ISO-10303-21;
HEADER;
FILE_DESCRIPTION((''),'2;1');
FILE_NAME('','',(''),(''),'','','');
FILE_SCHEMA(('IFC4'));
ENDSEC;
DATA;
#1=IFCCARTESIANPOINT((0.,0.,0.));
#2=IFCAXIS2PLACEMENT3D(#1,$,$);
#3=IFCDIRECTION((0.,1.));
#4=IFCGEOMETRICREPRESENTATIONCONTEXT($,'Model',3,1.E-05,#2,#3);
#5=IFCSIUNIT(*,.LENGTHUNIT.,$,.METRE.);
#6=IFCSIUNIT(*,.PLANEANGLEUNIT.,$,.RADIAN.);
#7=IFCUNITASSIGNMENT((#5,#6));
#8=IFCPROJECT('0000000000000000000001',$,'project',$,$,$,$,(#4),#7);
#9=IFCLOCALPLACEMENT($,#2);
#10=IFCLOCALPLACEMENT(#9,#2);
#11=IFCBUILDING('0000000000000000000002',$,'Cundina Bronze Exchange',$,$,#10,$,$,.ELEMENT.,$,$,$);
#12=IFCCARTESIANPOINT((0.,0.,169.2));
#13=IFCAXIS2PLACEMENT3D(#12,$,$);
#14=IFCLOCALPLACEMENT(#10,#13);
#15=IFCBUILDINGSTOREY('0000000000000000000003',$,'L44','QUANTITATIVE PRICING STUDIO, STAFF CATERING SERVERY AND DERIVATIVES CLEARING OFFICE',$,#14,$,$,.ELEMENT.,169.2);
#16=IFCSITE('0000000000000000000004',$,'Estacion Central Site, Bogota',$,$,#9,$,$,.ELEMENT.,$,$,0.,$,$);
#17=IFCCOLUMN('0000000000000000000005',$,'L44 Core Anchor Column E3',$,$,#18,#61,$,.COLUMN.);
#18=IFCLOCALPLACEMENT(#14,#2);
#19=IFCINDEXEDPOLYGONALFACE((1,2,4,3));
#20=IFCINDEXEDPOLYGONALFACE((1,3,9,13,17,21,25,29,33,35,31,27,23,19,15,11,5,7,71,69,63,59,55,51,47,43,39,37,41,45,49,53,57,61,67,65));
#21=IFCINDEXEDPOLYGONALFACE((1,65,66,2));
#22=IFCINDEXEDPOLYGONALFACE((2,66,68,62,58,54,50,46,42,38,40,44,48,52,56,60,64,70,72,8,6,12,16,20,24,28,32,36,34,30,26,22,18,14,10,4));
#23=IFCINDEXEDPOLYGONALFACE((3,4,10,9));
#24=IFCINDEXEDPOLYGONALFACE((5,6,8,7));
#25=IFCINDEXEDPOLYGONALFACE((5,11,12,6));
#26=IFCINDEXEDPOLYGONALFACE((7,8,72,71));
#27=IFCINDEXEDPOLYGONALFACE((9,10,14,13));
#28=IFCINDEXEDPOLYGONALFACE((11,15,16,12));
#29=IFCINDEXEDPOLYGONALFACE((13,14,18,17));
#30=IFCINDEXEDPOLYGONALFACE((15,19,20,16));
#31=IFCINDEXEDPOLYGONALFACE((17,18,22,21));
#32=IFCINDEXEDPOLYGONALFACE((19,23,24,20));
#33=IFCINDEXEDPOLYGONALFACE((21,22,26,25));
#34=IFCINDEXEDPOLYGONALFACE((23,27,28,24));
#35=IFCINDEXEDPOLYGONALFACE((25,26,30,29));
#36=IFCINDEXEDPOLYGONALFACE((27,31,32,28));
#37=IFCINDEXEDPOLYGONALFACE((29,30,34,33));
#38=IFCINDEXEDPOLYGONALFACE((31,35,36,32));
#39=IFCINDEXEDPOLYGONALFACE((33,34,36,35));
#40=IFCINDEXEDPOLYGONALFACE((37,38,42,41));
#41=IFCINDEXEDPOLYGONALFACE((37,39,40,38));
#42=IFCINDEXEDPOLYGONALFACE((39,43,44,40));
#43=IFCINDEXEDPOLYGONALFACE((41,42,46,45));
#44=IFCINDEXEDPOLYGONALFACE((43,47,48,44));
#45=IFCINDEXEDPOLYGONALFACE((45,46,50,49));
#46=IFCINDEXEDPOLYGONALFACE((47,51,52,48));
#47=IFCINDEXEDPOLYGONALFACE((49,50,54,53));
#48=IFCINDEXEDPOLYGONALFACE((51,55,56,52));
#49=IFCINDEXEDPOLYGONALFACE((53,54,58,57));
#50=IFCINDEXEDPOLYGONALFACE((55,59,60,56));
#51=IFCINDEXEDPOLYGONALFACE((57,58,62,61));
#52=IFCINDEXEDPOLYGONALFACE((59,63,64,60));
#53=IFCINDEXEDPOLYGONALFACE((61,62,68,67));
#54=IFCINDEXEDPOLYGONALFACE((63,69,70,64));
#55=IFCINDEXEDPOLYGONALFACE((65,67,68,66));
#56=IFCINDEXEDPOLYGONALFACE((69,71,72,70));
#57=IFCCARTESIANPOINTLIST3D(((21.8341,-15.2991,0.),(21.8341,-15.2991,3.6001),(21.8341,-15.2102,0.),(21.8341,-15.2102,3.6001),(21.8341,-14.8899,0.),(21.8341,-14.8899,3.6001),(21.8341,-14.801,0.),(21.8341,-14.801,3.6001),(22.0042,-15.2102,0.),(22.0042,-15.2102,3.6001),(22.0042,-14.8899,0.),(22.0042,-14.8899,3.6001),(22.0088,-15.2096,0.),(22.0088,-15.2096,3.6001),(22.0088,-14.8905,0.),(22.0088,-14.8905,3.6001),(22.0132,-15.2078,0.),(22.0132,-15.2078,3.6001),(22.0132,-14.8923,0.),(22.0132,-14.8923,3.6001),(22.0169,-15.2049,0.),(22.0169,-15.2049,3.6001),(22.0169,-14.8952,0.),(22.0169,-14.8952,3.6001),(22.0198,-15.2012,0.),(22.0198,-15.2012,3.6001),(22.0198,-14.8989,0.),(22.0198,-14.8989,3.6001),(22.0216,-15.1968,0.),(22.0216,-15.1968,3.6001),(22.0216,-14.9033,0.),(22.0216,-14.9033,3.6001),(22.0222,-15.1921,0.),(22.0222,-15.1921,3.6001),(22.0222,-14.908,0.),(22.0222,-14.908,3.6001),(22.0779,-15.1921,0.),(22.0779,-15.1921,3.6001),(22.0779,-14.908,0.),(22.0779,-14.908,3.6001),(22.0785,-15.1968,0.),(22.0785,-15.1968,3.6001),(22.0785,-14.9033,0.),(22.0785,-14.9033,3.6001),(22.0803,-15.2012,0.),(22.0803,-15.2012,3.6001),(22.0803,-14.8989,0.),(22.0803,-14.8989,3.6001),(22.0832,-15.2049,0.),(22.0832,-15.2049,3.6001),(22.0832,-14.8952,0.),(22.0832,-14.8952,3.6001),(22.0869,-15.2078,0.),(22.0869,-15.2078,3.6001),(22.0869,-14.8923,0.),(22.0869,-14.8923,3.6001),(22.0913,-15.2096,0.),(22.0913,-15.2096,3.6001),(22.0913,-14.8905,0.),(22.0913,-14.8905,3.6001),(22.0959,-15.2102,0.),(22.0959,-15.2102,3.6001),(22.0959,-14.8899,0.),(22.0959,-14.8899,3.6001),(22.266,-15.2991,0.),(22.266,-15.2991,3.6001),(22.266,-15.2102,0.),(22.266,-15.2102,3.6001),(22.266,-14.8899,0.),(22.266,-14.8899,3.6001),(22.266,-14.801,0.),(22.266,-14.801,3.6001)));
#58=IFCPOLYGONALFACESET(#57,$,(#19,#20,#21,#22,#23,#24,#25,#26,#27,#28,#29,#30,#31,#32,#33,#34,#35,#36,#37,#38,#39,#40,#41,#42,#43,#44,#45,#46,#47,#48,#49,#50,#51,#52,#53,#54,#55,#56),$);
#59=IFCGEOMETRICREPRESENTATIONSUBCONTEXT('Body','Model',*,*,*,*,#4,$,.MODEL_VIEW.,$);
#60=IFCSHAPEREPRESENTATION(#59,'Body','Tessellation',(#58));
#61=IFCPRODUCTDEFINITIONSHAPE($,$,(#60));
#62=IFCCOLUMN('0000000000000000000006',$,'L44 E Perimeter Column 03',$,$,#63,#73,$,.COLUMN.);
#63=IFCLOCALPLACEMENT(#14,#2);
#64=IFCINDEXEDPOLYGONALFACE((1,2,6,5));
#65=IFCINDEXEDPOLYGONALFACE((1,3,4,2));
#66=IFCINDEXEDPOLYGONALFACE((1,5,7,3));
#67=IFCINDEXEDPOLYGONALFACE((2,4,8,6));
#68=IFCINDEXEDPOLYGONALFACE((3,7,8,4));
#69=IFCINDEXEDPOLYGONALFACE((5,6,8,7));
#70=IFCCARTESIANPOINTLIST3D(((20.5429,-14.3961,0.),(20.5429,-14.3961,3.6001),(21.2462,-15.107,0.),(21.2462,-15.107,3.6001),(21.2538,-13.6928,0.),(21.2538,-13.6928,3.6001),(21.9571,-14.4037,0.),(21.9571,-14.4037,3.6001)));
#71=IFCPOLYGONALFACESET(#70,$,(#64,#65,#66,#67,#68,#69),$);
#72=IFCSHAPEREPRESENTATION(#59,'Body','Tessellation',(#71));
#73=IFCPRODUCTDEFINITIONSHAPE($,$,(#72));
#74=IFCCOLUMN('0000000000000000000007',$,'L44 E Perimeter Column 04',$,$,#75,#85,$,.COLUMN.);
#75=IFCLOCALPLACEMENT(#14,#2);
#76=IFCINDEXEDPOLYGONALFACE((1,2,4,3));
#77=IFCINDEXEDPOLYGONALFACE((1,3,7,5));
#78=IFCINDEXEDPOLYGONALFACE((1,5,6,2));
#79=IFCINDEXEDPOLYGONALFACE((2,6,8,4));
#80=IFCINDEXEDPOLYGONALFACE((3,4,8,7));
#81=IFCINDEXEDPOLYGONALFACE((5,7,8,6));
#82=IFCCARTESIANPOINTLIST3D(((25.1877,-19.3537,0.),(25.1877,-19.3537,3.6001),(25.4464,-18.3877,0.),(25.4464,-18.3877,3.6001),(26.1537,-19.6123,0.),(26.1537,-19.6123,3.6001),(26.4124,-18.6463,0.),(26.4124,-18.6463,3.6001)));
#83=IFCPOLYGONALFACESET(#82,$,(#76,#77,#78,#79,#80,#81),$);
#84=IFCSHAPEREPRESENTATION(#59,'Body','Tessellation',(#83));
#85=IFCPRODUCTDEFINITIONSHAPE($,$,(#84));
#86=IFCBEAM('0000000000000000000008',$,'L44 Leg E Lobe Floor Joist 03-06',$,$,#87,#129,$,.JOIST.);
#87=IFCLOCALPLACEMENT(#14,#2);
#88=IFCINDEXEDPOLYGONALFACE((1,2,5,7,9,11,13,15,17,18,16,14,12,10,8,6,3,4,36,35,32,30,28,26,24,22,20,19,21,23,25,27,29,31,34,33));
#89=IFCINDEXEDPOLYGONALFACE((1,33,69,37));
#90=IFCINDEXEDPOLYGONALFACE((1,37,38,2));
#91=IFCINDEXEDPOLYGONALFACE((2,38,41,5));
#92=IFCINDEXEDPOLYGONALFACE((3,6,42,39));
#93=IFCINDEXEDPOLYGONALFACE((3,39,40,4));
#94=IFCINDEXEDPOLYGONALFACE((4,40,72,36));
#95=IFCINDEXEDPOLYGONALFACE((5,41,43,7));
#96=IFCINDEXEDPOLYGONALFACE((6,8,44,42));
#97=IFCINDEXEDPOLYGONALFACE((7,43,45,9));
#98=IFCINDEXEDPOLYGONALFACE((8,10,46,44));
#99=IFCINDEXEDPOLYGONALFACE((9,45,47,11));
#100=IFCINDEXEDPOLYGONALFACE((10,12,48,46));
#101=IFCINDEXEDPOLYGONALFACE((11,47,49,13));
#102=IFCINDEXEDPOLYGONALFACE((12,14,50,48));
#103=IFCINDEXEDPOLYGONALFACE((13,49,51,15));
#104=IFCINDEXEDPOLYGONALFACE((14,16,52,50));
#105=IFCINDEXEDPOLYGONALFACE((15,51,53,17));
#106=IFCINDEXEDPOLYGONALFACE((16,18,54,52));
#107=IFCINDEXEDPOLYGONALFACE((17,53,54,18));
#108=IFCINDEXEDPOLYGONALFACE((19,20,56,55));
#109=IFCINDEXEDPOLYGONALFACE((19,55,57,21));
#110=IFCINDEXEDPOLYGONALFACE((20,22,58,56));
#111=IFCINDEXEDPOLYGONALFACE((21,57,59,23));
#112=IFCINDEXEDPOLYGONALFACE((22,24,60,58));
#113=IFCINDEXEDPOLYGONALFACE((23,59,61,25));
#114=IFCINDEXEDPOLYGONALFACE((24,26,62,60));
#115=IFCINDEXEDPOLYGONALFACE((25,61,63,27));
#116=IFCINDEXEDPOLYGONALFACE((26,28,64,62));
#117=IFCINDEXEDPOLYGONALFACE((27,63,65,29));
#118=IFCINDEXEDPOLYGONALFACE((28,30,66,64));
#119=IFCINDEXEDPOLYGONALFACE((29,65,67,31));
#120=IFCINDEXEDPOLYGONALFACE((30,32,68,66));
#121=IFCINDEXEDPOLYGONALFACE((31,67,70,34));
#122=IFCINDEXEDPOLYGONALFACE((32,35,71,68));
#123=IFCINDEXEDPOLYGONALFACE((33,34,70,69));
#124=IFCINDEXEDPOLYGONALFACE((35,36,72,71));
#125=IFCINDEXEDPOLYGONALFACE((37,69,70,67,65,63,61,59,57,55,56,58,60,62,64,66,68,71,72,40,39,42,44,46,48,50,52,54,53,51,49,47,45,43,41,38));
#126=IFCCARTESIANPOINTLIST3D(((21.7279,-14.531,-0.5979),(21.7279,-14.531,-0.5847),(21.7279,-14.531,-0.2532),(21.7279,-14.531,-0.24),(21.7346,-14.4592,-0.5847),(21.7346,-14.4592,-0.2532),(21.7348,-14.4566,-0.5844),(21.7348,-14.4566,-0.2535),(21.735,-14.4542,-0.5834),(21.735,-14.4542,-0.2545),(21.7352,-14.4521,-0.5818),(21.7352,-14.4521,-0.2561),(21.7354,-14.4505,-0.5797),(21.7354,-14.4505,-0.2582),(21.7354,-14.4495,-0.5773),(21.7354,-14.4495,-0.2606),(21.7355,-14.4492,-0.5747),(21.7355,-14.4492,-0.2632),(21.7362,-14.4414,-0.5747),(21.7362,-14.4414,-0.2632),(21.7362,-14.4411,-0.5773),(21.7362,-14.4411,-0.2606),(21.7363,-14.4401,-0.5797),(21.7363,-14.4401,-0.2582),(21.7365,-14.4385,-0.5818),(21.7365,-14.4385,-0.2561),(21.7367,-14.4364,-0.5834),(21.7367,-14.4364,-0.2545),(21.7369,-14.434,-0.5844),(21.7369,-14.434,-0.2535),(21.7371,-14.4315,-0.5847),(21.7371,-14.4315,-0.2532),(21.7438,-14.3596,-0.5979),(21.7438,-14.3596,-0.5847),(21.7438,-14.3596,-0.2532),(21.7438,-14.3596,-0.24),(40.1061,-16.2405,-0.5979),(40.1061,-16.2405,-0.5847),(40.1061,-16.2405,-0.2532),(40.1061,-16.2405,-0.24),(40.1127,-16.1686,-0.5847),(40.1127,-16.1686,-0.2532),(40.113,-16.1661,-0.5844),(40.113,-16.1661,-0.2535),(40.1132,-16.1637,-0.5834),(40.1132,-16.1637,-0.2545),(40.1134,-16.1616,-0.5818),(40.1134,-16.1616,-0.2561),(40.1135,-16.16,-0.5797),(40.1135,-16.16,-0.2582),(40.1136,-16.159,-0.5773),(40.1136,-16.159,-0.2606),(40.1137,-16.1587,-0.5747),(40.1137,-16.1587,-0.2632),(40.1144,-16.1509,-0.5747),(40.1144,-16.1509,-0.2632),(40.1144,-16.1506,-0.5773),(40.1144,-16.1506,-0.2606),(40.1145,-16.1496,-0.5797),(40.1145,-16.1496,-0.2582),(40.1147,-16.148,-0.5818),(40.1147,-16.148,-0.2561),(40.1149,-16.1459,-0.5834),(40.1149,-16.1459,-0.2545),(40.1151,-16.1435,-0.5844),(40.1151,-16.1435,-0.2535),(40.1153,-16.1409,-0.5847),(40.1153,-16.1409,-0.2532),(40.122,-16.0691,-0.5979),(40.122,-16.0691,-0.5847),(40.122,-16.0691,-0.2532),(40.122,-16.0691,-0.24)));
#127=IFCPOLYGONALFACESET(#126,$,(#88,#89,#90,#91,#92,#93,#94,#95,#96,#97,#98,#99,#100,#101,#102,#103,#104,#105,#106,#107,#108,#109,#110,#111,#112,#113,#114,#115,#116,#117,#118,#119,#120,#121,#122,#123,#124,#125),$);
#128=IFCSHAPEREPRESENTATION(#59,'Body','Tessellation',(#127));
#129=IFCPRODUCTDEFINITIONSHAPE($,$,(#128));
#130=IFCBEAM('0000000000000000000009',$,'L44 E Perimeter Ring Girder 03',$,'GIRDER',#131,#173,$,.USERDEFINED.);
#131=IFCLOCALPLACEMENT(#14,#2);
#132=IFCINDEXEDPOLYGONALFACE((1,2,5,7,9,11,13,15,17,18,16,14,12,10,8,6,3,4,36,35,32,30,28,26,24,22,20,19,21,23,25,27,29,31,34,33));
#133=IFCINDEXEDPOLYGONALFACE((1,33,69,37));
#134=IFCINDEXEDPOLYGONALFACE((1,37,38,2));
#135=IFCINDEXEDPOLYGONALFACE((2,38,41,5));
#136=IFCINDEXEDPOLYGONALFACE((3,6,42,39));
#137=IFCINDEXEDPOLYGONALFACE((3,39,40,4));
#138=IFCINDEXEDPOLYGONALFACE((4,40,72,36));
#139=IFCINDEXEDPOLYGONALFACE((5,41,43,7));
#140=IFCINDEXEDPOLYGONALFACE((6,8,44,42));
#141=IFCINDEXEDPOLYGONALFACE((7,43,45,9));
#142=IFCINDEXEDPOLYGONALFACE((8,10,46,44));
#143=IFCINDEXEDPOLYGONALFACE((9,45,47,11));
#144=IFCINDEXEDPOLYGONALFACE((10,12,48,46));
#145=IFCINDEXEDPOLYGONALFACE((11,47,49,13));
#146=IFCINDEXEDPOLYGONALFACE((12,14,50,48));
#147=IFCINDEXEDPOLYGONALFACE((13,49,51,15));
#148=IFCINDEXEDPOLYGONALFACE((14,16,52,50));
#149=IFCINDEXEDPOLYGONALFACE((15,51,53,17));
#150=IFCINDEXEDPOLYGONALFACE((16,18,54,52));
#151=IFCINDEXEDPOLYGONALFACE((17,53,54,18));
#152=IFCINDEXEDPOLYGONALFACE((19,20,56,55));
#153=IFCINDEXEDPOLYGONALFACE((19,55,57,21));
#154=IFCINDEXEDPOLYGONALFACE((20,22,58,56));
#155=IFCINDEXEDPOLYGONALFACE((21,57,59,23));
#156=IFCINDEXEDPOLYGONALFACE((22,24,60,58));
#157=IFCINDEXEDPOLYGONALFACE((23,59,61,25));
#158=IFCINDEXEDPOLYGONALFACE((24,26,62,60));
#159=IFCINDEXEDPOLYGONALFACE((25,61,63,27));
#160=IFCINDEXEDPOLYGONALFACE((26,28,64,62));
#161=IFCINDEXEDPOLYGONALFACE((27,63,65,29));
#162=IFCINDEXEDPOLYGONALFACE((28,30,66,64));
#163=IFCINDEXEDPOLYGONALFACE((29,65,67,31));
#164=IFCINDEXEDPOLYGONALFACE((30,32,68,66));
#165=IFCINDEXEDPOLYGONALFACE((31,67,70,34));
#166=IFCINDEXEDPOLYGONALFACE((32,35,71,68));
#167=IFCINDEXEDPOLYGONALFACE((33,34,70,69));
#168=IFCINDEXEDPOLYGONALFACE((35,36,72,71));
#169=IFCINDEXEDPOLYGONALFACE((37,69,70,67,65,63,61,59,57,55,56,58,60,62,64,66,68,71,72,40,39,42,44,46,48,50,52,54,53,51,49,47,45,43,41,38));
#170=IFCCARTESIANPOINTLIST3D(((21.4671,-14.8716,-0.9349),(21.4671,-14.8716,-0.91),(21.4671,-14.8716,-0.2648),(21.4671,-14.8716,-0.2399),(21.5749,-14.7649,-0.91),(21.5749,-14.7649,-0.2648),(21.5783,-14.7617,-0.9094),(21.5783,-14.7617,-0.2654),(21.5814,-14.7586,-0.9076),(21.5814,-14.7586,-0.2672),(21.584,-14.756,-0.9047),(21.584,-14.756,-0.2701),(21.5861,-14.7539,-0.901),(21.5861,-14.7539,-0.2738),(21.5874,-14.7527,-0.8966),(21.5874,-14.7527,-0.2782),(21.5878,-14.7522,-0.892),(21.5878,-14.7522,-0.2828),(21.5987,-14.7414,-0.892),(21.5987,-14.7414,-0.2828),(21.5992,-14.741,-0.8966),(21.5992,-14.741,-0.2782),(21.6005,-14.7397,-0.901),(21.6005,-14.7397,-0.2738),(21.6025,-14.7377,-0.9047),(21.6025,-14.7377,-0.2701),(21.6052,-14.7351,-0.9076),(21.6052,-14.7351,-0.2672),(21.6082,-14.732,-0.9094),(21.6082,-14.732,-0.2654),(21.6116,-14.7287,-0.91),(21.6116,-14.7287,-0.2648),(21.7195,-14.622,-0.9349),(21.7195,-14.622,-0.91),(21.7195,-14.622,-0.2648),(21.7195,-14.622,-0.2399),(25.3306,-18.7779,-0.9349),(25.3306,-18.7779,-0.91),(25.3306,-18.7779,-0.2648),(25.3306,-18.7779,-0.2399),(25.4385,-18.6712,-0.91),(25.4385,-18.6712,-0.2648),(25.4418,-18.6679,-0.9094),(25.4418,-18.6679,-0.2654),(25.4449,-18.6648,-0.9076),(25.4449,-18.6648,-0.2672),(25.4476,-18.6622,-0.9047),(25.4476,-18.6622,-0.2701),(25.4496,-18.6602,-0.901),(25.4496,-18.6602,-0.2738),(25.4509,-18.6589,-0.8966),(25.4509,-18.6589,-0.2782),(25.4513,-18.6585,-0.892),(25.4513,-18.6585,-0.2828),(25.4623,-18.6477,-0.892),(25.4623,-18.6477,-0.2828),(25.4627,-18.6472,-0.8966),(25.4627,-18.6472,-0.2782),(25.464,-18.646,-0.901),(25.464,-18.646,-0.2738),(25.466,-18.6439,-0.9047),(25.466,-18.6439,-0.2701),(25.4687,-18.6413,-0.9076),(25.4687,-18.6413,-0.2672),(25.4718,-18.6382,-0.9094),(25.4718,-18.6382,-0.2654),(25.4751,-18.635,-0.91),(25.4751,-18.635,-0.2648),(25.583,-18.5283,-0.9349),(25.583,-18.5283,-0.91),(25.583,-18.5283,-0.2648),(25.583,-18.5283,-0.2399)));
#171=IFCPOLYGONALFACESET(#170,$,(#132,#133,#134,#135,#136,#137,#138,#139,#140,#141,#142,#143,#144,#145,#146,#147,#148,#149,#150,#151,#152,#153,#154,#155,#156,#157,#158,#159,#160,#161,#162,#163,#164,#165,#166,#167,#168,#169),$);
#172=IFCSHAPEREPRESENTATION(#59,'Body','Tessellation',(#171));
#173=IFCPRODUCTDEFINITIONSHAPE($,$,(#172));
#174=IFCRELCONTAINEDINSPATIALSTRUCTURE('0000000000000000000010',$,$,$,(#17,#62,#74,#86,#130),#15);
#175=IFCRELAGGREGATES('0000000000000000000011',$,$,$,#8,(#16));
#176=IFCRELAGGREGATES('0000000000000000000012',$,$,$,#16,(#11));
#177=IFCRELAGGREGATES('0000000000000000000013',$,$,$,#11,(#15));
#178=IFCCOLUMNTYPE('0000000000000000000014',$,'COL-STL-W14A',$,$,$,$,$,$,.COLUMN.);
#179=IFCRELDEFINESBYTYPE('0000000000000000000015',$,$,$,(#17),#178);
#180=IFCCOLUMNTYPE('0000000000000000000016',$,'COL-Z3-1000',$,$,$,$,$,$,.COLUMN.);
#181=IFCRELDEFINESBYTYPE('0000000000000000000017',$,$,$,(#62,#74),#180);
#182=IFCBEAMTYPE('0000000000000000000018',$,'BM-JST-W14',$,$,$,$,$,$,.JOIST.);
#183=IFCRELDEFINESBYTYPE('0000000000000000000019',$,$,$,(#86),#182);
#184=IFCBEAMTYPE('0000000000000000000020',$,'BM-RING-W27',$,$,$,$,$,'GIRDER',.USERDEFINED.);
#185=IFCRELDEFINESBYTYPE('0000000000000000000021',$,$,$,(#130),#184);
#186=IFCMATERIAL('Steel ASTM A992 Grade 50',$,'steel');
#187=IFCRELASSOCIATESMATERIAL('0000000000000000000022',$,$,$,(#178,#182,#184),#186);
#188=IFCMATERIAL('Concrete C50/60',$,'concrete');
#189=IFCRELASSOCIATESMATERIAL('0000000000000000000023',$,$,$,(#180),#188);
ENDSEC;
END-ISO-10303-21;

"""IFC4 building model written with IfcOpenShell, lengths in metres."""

from ifc_helpers import new_model, si_unit, direction, frame, origin, origin_2d, place, context, subcontext, project, spatial, rectangle, i_section, extrude, material, material_profile, profile_set, type_object, element, save


model = new_model("IFC4")

# Units and contexts
model_context = context("Model", 3, precision=1e-05, world=origin(), true_north=direction((0.0, 1.0)))
body_context = subcontext(model_context, "Body", "Model", "MODEL_VIEW")
ifc_project = project(units=[si_unit("LENGTHUNIT", "METRE"), si_unit("PLANEANGLEUNIT", "RADIAN")], contexts=[model_context])

# Site, building, storey
site_placement = place(None, origin())
site = spatial("IfcSite", under=ifc_project, at=site_placement, Name="Estacion Central Site, Bogota", CompositionType="ELEMENT", RefElevation=0.0)
building_placement = place(site_placement, origin())
building = spatial("IfcBuilding", under=site, at=building_placement, Name="Cundina Bronze Exchange", CompositionType="ELEMENT")
storey_placement = place(building_placement, frame((0.0, 0.0, 169.2)))
storey = spatial("IfcBuildingStorey", under=building, at=storey_placement, Name="L44", Description="QUANTITATIVE PRICING STUDIO, STAFF CATERING SERVERY AND DERIVATIVES CLEARING OFFICE", CompositionType="ELEMENT", Elevation=169.2)

# Columns
ifc_material_1 = material(Name="Steel ASTM A992 Grade 50", Category="steel")
ifc_material_profile_1 = material_profile(ifc_material_1, i_section(OverallWidth=0.4319, OverallDepth=0.498, WebThickness=0.0557, FlangeThickness=0.0889, FilletRadius=0.0181, at=origin_2d()), Name="W14X500", Category="steel")
ifc_profile_set_1 = profile_set([ifc_material_profile_1], Name="Steel ASTM A992 Grade 50")
column_type_1 = type_object("IfcColumnType", Name="COL-STL-W14A", PredefinedType="COLUMN", material=ifc_profile_set_1)
column_placement = place(storey_placement, frame((22.05, -15.05, 0.0), z_axis=(0.0, 0.0, 1.0), x_axis=(1.0, 0.0, 0.0)))
element("IfcColumn", 1, at=column_placement, inside=storey, type_object=column_type_1, Name="L44 Core Anchor Column E3", PredefinedType="COLUMN", context=body_context, shape_type="SweptSolid", body=[
    extrude(i_section(OverallWidth=0.4319, OverallDepth=0.498, WebThickness=0.0557, FlangeThickness=0.0889, FilletRadius=0.0181, at=origin_2d()), origin(), (0.0, 0.0, 1.0), 3.6001),
])
ifc_material_2 = material(Name="Concrete C50/60", Category="concrete")
ifc_material_profile_2 = material_profile(ifc_material_2, rectangle(XDim=1.0, YDim=1.0, at=origin_2d()), Name="RC1000X1000", Category="concrete")
ifc_profile_set_2 = profile_set([ifc_material_profile_2], Name="Concrete C50/60")
column_type_2 = type_object("IfcColumnType", Name="COL-Z3-1000", PredefinedType="COLUMN", material=ifc_profile_set_2)
for number, where, z_axis, x_axis, name in (
    (2, (21.25, -14.3999, 0.0), (0.0, 0.0, 1.0), (0.703271, -0.710922, 0.0), "L44 E Perimeter Column 03"),
    (3, (25.8, -19.0, 0.0), (0.0, 0.0, 1.0), (0.965971, -0.25865, 0.0), "L44 E Perimeter Column 04"),
):
    element("IfcColumn", number, at=place(storey_placement, frame(where, z_axis=z_axis, x_axis=x_axis)), inside=storey, type_object=column_type_2, Name=name, PredefinedType="COLUMN", context=body_context, shape_type="SweptSolid", body=[
        extrude(rectangle(XDim=1.0, YDim=1.0, at=origin_2d()), origin(), (0.0, 0.0, 1.0), 3.6001),
    ])

# Beams
ifc_material_profile_3 = material_profile(ifc_material_1, i_section(OverallWidth=0.1721, OverallDepth=0.3579, WebThickness=0.0078, FlangeThickness=0.0132, FilletRadius=0.01, at=origin_2d()), Name="W14X38", Category="steel")
ifc_profile_set_3 = profile_set([ifc_material_profile_3], Name="Steel ASTM A992 Grade 50")
beam_type_1 = type_object("IfcBeamType", Name="BM-JST-W14", PredefinedType="JOIST", material=ifc_profile_set_3)
beam_1_placement = place(storey_placement, frame((21.7358, -14.4453, -0.4189), z_axis=(0.995702, -0.092617, 0.0), x_axis=(0.092617, 0.995702, 0.0)))
element("IfcBeam", 4, at=beam_1_placement, inside=storey, type_object=beam_type_1, Name="L44 Leg E Lobe Floor Joist 03-06", PredefinedType="JOIST", context=body_context, shape_type="SweptSolid", body=[
    extrude(i_section(OverallWidth=0.1721, OverallDepth=0.3579, WebThickness=0.0078, FlangeThickness=0.0132, FilletRadius=0.01, at=origin_2d()), origin(), (0.0, 0.0, 1.0), 18.4575),
])
ifc_material_profile_4 = material_profile(ifc_material_1, i_section(OverallWidth=0.355, OverallDepth=0.6951, WebThickness=0.0154, FlangeThickness=0.0249, FilletRadius=0.0181, at=origin_2d()), Name="W27X146", Category="steel")
ifc_profile_set_4 = profile_set([ifc_material_profile_4], Name="Steel ASTM A992 Grade 50")
beam_type_2 = type_object("IfcBeamType", Name="BM-RING-W27", ElementType="GIRDER", PredefinedType="USERDEFINED", material=ifc_profile_set_4)
beam_2_placement = place(storey_placement, frame((21.5933, -14.7468, -0.5874), z_axis=(0.703208, -0.710984, 0.0), x_axis=(0.710984, 0.703208, 0.0)))
element("IfcBeam", 5, at=beam_2_placement, inside=storey, type_object=beam_type_2, Name="L44 E Perimeter Ring Girder 03", ObjectType="GIRDER", PredefinedType="USERDEFINED", context=body_context, shape_type="SweptSolid", body=[
    extrude(i_section(OverallWidth=0.355, OverallDepth=0.6951, WebThickness=0.0154, FlangeThickness=0.0249, FilletRadius=0.0181, at=origin_2d()), origin(), (0.0, 0.0, 1.0), 5.4941),
])

save(model, "model.ifc")
